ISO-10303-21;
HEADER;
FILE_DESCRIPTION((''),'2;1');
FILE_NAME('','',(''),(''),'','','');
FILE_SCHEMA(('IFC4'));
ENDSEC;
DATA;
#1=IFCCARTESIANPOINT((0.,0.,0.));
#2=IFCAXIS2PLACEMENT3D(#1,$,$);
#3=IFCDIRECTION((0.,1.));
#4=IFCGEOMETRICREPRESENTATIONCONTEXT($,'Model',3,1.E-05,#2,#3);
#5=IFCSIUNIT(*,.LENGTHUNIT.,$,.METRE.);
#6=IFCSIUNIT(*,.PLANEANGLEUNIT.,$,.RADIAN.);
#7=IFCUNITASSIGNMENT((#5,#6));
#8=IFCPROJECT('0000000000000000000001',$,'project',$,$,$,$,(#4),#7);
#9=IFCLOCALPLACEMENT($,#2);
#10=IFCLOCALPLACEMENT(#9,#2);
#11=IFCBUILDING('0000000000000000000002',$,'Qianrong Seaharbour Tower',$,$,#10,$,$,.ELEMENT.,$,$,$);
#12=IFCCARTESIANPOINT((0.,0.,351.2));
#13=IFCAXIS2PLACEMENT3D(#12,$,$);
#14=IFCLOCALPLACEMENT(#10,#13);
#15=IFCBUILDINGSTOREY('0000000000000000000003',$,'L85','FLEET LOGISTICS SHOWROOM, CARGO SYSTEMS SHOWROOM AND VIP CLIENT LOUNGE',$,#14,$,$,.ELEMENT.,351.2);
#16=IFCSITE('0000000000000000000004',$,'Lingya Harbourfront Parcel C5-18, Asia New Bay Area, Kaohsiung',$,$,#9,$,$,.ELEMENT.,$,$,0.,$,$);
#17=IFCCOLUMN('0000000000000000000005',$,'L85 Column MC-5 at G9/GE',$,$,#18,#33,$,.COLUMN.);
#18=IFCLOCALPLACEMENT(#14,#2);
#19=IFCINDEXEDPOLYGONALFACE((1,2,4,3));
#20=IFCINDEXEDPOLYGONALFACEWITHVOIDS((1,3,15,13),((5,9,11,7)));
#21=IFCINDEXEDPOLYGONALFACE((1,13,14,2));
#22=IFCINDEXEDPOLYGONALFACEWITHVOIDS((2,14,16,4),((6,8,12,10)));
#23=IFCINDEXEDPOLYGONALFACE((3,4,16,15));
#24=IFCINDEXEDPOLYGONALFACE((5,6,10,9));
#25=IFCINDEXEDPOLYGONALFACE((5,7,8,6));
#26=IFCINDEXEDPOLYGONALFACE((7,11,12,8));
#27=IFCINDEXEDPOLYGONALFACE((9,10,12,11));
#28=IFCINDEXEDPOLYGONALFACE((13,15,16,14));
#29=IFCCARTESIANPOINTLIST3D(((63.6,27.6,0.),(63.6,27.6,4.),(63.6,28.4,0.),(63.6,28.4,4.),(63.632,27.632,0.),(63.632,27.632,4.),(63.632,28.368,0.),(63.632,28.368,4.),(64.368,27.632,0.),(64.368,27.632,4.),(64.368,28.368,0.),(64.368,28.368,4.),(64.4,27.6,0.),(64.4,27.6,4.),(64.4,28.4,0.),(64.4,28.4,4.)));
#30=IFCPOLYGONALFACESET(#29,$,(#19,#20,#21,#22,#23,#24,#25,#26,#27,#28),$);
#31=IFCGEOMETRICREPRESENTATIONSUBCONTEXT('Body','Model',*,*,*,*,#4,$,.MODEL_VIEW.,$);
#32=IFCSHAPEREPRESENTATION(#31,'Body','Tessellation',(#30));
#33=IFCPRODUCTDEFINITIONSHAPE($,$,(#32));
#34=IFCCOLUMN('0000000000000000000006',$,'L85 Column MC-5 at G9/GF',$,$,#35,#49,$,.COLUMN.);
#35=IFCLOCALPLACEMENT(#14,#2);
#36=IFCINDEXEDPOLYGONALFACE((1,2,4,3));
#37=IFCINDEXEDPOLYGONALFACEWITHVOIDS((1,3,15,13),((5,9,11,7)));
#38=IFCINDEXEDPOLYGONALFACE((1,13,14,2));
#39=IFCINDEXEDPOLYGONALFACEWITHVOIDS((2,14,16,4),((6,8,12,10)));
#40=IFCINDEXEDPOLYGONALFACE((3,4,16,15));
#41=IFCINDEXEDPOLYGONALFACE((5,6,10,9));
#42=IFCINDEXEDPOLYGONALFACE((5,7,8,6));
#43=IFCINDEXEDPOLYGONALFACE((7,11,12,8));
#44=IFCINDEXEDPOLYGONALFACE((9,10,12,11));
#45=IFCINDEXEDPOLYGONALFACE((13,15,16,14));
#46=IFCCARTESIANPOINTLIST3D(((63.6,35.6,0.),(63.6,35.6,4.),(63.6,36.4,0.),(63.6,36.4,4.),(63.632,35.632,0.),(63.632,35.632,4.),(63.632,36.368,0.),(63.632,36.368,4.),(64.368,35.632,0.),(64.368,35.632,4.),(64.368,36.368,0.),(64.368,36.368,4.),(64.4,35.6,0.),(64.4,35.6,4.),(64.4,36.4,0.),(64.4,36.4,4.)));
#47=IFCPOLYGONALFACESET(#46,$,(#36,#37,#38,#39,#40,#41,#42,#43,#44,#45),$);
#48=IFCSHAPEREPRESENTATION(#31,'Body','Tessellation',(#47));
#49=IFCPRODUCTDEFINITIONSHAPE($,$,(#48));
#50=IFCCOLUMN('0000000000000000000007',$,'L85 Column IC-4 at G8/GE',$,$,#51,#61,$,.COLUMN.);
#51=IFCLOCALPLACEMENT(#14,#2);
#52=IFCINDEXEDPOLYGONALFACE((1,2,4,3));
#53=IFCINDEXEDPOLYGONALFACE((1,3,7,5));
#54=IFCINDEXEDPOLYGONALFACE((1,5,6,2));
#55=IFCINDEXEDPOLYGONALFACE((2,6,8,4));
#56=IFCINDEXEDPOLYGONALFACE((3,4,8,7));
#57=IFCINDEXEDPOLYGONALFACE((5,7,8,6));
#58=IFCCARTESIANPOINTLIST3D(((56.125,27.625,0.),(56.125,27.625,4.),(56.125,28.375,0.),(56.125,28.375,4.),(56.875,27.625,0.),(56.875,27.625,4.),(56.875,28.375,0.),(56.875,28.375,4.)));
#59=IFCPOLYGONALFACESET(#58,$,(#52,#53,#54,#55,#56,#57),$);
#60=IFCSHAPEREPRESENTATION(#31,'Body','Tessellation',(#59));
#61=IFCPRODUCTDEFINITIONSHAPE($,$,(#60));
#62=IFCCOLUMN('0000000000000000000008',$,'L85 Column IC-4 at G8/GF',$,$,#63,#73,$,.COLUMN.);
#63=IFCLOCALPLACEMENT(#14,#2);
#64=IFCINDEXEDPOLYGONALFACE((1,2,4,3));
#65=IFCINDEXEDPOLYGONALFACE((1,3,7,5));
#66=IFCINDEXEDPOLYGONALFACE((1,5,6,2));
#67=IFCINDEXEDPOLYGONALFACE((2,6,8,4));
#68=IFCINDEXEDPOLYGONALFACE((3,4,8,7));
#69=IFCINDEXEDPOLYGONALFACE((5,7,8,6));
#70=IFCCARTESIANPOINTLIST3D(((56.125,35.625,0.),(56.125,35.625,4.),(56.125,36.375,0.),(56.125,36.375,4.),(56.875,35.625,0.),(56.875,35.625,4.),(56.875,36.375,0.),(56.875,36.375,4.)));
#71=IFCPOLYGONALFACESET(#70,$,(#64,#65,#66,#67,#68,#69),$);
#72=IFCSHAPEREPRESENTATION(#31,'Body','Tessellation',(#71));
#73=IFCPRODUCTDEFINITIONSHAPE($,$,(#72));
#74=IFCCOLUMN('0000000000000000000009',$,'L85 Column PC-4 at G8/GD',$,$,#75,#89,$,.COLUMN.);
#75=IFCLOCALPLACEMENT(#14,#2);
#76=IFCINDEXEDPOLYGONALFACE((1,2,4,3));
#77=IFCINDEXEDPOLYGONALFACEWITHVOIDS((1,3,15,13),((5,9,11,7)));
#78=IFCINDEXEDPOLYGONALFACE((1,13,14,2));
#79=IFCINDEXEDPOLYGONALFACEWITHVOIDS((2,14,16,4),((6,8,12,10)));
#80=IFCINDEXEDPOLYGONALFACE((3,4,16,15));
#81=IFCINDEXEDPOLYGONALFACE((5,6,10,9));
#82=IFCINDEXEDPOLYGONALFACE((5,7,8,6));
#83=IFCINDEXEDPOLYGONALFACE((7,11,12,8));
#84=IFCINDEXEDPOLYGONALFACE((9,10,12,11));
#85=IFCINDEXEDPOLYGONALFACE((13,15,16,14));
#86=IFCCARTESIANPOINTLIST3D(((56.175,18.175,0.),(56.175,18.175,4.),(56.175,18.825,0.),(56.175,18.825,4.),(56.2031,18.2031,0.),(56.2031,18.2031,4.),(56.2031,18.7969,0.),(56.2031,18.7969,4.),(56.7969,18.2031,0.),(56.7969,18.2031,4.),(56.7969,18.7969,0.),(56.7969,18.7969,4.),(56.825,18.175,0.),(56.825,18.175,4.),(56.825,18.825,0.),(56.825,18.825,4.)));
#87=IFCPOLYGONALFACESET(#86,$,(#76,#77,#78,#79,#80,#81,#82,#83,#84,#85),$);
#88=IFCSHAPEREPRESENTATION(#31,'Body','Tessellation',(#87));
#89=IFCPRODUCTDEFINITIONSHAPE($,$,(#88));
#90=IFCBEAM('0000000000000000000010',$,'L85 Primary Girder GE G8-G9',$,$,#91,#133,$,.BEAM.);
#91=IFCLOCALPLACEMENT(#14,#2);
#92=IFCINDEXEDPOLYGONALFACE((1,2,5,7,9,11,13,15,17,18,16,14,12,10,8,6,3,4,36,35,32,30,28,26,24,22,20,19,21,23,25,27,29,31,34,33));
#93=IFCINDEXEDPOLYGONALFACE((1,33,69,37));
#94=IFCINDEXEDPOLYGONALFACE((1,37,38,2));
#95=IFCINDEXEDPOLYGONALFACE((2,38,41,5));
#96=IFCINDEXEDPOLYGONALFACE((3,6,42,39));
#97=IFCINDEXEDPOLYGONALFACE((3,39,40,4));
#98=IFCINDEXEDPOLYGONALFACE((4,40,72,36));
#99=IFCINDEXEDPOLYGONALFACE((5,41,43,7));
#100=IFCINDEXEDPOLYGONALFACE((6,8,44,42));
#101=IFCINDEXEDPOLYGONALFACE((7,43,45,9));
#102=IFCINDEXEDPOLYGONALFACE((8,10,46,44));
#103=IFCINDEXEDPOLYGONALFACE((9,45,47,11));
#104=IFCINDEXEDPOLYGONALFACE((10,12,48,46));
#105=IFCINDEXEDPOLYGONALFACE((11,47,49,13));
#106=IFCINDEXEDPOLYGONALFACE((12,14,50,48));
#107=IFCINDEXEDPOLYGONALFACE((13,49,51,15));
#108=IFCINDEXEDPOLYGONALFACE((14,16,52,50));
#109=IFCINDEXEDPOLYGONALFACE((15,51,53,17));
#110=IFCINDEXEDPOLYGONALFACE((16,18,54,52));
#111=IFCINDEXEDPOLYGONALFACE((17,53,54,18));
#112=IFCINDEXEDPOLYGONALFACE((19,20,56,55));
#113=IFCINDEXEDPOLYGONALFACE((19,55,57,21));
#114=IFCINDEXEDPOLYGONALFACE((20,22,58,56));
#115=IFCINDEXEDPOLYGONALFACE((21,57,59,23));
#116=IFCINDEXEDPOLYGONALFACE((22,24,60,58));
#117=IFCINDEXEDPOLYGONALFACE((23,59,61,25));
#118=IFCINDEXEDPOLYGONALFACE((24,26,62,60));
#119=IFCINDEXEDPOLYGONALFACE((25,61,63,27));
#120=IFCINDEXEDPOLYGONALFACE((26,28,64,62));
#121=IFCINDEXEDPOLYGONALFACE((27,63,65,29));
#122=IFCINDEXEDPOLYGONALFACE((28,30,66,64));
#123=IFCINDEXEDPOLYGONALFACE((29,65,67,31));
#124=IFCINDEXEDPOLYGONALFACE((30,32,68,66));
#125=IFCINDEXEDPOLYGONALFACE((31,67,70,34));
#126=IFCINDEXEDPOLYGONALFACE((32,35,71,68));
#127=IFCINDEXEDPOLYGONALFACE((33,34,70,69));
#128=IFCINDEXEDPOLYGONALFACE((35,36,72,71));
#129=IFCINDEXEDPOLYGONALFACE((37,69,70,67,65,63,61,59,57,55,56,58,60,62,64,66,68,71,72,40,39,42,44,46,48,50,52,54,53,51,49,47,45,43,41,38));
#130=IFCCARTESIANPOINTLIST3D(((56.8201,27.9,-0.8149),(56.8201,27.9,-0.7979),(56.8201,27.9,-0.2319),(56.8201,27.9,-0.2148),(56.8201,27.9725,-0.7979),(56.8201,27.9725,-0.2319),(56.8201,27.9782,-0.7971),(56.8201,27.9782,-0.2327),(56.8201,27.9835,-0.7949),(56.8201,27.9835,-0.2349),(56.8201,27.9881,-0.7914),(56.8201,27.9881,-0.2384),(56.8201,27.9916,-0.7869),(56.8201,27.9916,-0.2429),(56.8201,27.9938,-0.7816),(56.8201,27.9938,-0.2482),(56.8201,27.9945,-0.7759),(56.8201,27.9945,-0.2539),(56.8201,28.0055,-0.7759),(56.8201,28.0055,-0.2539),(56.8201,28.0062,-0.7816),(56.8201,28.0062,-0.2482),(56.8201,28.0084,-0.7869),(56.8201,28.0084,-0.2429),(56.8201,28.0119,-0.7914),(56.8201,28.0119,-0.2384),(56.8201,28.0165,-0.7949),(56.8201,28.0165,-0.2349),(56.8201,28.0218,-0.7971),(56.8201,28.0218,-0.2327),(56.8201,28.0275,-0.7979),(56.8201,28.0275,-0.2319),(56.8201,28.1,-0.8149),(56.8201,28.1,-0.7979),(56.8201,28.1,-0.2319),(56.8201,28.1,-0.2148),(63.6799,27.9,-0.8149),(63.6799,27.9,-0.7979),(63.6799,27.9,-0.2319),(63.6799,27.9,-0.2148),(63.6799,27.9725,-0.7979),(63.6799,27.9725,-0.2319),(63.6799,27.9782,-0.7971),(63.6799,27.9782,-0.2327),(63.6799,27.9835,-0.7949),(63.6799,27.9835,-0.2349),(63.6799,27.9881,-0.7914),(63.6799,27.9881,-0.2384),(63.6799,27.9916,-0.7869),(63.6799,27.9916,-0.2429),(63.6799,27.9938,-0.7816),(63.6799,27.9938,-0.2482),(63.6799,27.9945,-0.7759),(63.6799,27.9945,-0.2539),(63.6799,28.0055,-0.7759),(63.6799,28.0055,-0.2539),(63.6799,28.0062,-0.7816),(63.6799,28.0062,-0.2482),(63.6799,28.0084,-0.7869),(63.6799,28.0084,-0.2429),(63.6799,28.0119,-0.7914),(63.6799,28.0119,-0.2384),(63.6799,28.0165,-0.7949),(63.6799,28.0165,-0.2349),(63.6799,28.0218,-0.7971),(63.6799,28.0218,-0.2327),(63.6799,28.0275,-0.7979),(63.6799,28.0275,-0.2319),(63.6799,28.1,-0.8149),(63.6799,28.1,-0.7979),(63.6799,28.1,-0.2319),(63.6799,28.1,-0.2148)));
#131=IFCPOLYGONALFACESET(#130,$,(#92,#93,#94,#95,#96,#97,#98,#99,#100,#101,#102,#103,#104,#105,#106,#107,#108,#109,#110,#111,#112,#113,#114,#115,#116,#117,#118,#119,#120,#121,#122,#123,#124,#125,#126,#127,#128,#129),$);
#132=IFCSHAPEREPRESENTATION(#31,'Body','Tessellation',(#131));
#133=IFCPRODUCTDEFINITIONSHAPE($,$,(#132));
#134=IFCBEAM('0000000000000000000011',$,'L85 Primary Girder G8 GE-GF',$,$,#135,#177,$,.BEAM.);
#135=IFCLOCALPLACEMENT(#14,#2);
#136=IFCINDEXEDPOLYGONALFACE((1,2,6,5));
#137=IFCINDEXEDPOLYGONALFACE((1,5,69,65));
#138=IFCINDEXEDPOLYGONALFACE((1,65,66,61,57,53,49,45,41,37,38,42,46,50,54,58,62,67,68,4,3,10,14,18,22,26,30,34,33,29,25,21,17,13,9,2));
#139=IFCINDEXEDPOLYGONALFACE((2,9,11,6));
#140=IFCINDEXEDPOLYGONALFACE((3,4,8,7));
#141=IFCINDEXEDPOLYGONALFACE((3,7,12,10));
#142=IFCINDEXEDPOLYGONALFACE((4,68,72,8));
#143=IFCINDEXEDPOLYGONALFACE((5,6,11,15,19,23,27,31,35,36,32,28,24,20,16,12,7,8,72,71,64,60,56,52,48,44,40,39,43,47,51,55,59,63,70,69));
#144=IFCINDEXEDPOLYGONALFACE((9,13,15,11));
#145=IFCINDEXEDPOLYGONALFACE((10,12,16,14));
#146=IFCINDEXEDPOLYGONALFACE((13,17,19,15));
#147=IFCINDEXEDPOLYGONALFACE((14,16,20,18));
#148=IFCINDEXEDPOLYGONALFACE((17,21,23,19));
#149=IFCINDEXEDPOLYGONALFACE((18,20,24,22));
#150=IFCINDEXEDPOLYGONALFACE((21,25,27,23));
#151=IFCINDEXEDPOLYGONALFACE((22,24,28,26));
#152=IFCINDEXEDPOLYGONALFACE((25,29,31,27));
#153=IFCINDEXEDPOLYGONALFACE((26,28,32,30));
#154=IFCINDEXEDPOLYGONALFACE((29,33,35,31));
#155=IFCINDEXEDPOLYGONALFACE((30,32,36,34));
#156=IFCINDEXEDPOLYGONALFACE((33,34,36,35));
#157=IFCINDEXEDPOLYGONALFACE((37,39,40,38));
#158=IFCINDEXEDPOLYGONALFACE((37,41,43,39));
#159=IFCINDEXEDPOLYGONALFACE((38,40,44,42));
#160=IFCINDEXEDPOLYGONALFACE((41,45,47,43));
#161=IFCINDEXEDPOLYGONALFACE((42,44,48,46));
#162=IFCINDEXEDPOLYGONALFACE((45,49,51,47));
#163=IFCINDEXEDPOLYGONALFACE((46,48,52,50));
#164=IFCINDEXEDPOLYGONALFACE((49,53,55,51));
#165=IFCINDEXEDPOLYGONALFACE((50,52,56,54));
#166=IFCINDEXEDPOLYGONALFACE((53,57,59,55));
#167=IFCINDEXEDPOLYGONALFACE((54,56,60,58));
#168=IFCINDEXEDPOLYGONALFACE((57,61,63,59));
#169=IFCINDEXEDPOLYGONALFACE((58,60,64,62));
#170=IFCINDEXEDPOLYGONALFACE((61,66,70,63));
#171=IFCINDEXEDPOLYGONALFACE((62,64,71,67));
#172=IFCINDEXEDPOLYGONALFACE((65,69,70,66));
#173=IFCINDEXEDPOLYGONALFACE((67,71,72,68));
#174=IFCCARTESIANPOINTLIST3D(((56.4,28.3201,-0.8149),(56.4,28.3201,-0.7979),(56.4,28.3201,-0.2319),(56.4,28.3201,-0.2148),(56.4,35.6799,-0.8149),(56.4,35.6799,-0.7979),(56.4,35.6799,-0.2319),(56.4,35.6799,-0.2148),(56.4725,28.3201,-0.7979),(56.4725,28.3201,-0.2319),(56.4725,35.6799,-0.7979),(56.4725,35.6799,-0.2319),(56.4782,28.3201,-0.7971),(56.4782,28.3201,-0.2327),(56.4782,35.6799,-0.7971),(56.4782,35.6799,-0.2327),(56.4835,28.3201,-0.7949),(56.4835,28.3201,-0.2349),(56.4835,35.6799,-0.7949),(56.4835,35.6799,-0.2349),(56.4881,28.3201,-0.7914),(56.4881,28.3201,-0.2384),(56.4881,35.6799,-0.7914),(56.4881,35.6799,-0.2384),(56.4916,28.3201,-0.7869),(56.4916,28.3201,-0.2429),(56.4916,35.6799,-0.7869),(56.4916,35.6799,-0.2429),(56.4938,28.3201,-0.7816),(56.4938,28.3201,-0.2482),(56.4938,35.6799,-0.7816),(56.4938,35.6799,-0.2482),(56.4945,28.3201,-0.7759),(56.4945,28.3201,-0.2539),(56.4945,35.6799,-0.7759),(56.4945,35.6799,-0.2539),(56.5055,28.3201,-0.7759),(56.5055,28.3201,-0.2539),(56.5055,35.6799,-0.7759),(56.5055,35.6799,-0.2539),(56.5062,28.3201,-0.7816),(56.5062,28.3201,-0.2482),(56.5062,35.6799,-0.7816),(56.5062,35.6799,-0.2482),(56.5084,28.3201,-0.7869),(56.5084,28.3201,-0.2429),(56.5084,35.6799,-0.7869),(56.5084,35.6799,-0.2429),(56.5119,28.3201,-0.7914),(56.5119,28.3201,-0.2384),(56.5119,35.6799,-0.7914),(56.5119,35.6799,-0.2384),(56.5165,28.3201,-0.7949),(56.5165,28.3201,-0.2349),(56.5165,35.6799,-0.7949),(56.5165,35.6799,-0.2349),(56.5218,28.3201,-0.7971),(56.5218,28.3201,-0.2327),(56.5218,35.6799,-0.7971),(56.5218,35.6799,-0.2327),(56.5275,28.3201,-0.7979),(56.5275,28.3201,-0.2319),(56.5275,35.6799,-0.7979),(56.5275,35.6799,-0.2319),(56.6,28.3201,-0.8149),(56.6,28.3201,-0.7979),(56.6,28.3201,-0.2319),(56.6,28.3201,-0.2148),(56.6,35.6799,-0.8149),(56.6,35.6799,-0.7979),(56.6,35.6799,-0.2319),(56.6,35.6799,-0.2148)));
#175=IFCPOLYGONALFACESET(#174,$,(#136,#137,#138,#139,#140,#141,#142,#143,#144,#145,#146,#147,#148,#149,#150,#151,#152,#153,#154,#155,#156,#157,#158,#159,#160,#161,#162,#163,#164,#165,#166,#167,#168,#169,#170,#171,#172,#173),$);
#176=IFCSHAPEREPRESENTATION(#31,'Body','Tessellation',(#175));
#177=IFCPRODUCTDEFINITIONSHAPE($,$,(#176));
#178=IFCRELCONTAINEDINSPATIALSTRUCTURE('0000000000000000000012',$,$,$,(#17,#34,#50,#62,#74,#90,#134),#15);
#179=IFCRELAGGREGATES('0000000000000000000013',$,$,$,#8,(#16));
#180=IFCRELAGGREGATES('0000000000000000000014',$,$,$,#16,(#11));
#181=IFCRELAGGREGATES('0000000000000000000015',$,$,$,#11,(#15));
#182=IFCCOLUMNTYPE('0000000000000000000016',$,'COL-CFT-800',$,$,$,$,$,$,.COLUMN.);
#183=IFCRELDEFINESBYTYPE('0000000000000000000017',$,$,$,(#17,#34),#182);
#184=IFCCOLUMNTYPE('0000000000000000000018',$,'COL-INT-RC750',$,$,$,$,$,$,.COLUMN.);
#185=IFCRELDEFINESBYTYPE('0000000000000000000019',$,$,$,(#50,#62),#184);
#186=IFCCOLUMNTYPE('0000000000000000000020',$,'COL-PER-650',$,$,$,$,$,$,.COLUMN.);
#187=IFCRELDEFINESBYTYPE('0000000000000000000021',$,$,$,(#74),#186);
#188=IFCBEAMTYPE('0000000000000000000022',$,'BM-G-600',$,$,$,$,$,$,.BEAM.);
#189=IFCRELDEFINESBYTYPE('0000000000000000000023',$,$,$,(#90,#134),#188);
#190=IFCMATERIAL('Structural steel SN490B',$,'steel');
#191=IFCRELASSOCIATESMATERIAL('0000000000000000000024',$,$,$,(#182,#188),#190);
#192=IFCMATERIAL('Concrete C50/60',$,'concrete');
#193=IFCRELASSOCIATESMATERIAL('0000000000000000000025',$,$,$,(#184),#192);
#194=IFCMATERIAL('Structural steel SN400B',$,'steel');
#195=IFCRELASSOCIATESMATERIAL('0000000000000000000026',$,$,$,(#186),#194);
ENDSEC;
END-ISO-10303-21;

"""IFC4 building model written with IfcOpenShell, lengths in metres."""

from ifc_helpers import new_model, si_unit, direction, frame, origin, origin_2d, place, context, subcontext, project, spatial, rectangle, hollow_rectangle, i_section, extrude, material, material_profile, profile_set, type_object, element, save


model = new_model("IFC4")

# Units and contexts
model_context = context("Model", 3, precision=1e-05, world=origin(), true_north=direction((0.0, 1.0)))
body_context = subcontext(model_context, "Body", "Model", "MODEL_VIEW")
ifc_project = project(units=[si_unit("LENGTHUNIT", "METRE"), si_unit("PLANEANGLEUNIT", "RADIAN")], contexts=[model_context])

# Site, building, storey
site_placement = place(None, origin())
site = spatial("IfcSite", under=ifc_project, at=site_placement, Name="Lingya Harbourfront Parcel C5-18, Asia New Bay Area, Kaohsiung", CompositionType="ELEMENT", RefElevation=0.0)
building_placement = place(site_placement, origin())
building = spatial("IfcBuilding", under=site, at=building_placement, Name="Qianrong Seaharbour Tower", CompositionType="ELEMENT")
storey_placement = place(building_placement, frame((0.0, 0.0, 351.2)))
storey = spatial("IfcBuildingStorey", under=building, at=storey_placement, Name="L85", Description="FLEET LOGISTICS SHOWROOM, CARGO SYSTEMS SHOWROOM AND VIP CLIENT LOUNGE", CompositionType="ELEMENT", Elevation=351.2)

# Columns
ifc_material_1 = material(Name="Structural steel SN490B", Category="steel")
ifc_material_profile_1 = material_profile(ifc_material_1, hollow_rectangle(XDim=0.8, YDim=0.8, WallThickness=0.032, at=origin_2d()), Name="BOX800x800x32")
ifc_profile_set_1 = profile_set([ifc_material_profile_1], Name="Structural steel SN490B")
column_type_1 = type_object("IfcColumnType", Name="COL-CFT-800", PredefinedType="COLUMN", material=ifc_profile_set_1)
for number, where, z_axis, x_axis, name in (
    (1, (64.0, 28.0, 0.0), (0.0, 0.0, 1.0), (1.0, 0.0, 0.0), "L85 Column MC-5 at G9/GE"),
    (2, (64.0, 36.0, 0.0), (0.0, 0.0, 1.0), (1.0, 0.0, 0.0), "L85 Column MC-5 at G9/GF"),
):
    element("IfcColumn", number, at=place(storey_placement, frame(where, z_axis=z_axis, x_axis=x_axis)), inside=storey, type_object=column_type_1, Name=name, PredefinedType="COLUMN", context=body_context, shape_type="SweptSolid", body=[
        extrude(hollow_rectangle(XDim=0.8, YDim=0.8, WallThickness=0.032, at=origin_2d()), origin(), (0.0, 0.0, 1.0), 4.0),
    ])
ifc_material_2 = material(Name="Concrete C50/60", Category="concrete")
ifc_material_profile_2 = material_profile(ifc_material_2, rectangle(XDim=0.75, YDim=0.75, at=origin_2d()), Name="RC750x750")
ifc_profile_set_2 = profile_set([ifc_material_profile_2], Name="Concrete C50/60")
column_type_2 = type_object("IfcColumnType", Name="COL-INT-RC750", PredefinedType="COLUMN", material=ifc_profile_set_2)
for number, where, z_axis, x_axis, name in (
    (3, (56.5, 28.0, 0.0), (0.0, 0.0, 1.0), (1.0, 0.0, 0.0), "L85 Column IC-4 at G8/GE"),
    (4, (56.5, 36.0, 0.0), (0.0, 0.0, 1.0), (1.0, 0.0, 0.0), "L85 Column IC-4 at G8/GF"),
):
    element("IfcColumn", number, at=place(storey_placement, frame(where, z_axis=z_axis, x_axis=x_axis)), inside=storey, type_object=column_type_2, Name=name, PredefinedType="COLUMN", context=body_context, shape_type="SweptSolid", body=[
        extrude(rectangle(XDim=0.75, YDim=0.75, at=origin_2d()), origin(), (0.0, 0.0, 1.0), 4.0),
    ])
ifc_material_3 = material(Name="Structural steel SN400B", Category="steel")
ifc_material_profile_3 = material_profile(ifc_material_3, hollow_rectangle(XDim=0.6499, YDim=0.6499, WallThickness=0.0281, at=origin_2d()), Name="BOX650x650x28")
ifc_profile_set_3 = profile_set([ifc_material_profile_3], Name="Structural steel SN400B")
column_type_3 = type_object("IfcColumnType", Name="COL-PER-650", PredefinedType="COLUMN", material=ifc_profile_set_3)
column_placement = place(storey_placement, frame((56.5, 18.5, 0.0), z_axis=(0.0, 0.0, 1.0), x_axis=(1.0, 0.0, 0.0)))
element("IfcColumn", 5, at=column_placement, inside=storey, type_object=column_type_3, Name="L85 Column PC-4 at G8/GD", PredefinedType="COLUMN", context=body_context, shape_type="SweptSolid", body=[
    extrude(hollow_rectangle(XDim=0.6499, YDim=0.6499, WallThickness=0.0281, at=origin_2d()), origin(), (0.0, 0.0, 1.0), 4.0),
])

# Beams
ifc_material_profile_4 = material_profile(ifc_material_1, i_section(OverallWidth=0.2, OverallDepth=0.6001, WebThickness=0.011, FlangeThickness=0.0171, FilletRadius=0.022, at=origin_2d()), Name="H600x200x11x17")
ifc_profile_set_4 = profile_set([ifc_material_profile_4], Name="Structural steel SN490B")
beam_type_1 = type_object("IfcBeamType", Name="BM-G-600", PredefinedType="BEAM", material=ifc_profile_set_4)
beam_1_placement = place(storey_placement, frame((56.8201, 28.0, -0.5149), z_axis=(1.0, 0.0, 0.0), x_axis=(0.0, 1.0, 0.0)))
element("IfcBeam", 6, at=beam_1_placement, inside=storey, type_object=beam_type_1, Name="L85 Primary Girder GE G8-G9", PredefinedType="BEAM", context=body_context, shape_type="SweptSolid", body=[
    extrude(i_section(OverallWidth=0.2, OverallDepth=0.6001, WebThickness=0.011, FlangeThickness=0.0171, FilletRadius=0.022, at=origin_2d()), origin(), (0.0, 0.0, 1.0), 6.8599),
])
beam_2_placement = place(storey_placement, frame((56.5, 28.3201, -0.5149), z_axis=(0.0, 1.0, 0.0), x_axis=(-1.0, 0.0, 0.0)))
element("IfcBeam", 7, at=beam_2_placement, inside=storey, type_object=beam_type_1, Name="L85 Primary Girder G8 GE-GF", PredefinedType="BEAM", context=body_context, shape_type="SweptSolid", body=[
    extrude(i_section(OverallWidth=0.2, OverallDepth=0.6001, WebThickness=0.011, FlangeThickness=0.0171, FilletRadius=0.022, at=origin_2d()), origin(), (0.0, 0.0, 1.0), 7.3599),
])

save(model, "model.ifc")
